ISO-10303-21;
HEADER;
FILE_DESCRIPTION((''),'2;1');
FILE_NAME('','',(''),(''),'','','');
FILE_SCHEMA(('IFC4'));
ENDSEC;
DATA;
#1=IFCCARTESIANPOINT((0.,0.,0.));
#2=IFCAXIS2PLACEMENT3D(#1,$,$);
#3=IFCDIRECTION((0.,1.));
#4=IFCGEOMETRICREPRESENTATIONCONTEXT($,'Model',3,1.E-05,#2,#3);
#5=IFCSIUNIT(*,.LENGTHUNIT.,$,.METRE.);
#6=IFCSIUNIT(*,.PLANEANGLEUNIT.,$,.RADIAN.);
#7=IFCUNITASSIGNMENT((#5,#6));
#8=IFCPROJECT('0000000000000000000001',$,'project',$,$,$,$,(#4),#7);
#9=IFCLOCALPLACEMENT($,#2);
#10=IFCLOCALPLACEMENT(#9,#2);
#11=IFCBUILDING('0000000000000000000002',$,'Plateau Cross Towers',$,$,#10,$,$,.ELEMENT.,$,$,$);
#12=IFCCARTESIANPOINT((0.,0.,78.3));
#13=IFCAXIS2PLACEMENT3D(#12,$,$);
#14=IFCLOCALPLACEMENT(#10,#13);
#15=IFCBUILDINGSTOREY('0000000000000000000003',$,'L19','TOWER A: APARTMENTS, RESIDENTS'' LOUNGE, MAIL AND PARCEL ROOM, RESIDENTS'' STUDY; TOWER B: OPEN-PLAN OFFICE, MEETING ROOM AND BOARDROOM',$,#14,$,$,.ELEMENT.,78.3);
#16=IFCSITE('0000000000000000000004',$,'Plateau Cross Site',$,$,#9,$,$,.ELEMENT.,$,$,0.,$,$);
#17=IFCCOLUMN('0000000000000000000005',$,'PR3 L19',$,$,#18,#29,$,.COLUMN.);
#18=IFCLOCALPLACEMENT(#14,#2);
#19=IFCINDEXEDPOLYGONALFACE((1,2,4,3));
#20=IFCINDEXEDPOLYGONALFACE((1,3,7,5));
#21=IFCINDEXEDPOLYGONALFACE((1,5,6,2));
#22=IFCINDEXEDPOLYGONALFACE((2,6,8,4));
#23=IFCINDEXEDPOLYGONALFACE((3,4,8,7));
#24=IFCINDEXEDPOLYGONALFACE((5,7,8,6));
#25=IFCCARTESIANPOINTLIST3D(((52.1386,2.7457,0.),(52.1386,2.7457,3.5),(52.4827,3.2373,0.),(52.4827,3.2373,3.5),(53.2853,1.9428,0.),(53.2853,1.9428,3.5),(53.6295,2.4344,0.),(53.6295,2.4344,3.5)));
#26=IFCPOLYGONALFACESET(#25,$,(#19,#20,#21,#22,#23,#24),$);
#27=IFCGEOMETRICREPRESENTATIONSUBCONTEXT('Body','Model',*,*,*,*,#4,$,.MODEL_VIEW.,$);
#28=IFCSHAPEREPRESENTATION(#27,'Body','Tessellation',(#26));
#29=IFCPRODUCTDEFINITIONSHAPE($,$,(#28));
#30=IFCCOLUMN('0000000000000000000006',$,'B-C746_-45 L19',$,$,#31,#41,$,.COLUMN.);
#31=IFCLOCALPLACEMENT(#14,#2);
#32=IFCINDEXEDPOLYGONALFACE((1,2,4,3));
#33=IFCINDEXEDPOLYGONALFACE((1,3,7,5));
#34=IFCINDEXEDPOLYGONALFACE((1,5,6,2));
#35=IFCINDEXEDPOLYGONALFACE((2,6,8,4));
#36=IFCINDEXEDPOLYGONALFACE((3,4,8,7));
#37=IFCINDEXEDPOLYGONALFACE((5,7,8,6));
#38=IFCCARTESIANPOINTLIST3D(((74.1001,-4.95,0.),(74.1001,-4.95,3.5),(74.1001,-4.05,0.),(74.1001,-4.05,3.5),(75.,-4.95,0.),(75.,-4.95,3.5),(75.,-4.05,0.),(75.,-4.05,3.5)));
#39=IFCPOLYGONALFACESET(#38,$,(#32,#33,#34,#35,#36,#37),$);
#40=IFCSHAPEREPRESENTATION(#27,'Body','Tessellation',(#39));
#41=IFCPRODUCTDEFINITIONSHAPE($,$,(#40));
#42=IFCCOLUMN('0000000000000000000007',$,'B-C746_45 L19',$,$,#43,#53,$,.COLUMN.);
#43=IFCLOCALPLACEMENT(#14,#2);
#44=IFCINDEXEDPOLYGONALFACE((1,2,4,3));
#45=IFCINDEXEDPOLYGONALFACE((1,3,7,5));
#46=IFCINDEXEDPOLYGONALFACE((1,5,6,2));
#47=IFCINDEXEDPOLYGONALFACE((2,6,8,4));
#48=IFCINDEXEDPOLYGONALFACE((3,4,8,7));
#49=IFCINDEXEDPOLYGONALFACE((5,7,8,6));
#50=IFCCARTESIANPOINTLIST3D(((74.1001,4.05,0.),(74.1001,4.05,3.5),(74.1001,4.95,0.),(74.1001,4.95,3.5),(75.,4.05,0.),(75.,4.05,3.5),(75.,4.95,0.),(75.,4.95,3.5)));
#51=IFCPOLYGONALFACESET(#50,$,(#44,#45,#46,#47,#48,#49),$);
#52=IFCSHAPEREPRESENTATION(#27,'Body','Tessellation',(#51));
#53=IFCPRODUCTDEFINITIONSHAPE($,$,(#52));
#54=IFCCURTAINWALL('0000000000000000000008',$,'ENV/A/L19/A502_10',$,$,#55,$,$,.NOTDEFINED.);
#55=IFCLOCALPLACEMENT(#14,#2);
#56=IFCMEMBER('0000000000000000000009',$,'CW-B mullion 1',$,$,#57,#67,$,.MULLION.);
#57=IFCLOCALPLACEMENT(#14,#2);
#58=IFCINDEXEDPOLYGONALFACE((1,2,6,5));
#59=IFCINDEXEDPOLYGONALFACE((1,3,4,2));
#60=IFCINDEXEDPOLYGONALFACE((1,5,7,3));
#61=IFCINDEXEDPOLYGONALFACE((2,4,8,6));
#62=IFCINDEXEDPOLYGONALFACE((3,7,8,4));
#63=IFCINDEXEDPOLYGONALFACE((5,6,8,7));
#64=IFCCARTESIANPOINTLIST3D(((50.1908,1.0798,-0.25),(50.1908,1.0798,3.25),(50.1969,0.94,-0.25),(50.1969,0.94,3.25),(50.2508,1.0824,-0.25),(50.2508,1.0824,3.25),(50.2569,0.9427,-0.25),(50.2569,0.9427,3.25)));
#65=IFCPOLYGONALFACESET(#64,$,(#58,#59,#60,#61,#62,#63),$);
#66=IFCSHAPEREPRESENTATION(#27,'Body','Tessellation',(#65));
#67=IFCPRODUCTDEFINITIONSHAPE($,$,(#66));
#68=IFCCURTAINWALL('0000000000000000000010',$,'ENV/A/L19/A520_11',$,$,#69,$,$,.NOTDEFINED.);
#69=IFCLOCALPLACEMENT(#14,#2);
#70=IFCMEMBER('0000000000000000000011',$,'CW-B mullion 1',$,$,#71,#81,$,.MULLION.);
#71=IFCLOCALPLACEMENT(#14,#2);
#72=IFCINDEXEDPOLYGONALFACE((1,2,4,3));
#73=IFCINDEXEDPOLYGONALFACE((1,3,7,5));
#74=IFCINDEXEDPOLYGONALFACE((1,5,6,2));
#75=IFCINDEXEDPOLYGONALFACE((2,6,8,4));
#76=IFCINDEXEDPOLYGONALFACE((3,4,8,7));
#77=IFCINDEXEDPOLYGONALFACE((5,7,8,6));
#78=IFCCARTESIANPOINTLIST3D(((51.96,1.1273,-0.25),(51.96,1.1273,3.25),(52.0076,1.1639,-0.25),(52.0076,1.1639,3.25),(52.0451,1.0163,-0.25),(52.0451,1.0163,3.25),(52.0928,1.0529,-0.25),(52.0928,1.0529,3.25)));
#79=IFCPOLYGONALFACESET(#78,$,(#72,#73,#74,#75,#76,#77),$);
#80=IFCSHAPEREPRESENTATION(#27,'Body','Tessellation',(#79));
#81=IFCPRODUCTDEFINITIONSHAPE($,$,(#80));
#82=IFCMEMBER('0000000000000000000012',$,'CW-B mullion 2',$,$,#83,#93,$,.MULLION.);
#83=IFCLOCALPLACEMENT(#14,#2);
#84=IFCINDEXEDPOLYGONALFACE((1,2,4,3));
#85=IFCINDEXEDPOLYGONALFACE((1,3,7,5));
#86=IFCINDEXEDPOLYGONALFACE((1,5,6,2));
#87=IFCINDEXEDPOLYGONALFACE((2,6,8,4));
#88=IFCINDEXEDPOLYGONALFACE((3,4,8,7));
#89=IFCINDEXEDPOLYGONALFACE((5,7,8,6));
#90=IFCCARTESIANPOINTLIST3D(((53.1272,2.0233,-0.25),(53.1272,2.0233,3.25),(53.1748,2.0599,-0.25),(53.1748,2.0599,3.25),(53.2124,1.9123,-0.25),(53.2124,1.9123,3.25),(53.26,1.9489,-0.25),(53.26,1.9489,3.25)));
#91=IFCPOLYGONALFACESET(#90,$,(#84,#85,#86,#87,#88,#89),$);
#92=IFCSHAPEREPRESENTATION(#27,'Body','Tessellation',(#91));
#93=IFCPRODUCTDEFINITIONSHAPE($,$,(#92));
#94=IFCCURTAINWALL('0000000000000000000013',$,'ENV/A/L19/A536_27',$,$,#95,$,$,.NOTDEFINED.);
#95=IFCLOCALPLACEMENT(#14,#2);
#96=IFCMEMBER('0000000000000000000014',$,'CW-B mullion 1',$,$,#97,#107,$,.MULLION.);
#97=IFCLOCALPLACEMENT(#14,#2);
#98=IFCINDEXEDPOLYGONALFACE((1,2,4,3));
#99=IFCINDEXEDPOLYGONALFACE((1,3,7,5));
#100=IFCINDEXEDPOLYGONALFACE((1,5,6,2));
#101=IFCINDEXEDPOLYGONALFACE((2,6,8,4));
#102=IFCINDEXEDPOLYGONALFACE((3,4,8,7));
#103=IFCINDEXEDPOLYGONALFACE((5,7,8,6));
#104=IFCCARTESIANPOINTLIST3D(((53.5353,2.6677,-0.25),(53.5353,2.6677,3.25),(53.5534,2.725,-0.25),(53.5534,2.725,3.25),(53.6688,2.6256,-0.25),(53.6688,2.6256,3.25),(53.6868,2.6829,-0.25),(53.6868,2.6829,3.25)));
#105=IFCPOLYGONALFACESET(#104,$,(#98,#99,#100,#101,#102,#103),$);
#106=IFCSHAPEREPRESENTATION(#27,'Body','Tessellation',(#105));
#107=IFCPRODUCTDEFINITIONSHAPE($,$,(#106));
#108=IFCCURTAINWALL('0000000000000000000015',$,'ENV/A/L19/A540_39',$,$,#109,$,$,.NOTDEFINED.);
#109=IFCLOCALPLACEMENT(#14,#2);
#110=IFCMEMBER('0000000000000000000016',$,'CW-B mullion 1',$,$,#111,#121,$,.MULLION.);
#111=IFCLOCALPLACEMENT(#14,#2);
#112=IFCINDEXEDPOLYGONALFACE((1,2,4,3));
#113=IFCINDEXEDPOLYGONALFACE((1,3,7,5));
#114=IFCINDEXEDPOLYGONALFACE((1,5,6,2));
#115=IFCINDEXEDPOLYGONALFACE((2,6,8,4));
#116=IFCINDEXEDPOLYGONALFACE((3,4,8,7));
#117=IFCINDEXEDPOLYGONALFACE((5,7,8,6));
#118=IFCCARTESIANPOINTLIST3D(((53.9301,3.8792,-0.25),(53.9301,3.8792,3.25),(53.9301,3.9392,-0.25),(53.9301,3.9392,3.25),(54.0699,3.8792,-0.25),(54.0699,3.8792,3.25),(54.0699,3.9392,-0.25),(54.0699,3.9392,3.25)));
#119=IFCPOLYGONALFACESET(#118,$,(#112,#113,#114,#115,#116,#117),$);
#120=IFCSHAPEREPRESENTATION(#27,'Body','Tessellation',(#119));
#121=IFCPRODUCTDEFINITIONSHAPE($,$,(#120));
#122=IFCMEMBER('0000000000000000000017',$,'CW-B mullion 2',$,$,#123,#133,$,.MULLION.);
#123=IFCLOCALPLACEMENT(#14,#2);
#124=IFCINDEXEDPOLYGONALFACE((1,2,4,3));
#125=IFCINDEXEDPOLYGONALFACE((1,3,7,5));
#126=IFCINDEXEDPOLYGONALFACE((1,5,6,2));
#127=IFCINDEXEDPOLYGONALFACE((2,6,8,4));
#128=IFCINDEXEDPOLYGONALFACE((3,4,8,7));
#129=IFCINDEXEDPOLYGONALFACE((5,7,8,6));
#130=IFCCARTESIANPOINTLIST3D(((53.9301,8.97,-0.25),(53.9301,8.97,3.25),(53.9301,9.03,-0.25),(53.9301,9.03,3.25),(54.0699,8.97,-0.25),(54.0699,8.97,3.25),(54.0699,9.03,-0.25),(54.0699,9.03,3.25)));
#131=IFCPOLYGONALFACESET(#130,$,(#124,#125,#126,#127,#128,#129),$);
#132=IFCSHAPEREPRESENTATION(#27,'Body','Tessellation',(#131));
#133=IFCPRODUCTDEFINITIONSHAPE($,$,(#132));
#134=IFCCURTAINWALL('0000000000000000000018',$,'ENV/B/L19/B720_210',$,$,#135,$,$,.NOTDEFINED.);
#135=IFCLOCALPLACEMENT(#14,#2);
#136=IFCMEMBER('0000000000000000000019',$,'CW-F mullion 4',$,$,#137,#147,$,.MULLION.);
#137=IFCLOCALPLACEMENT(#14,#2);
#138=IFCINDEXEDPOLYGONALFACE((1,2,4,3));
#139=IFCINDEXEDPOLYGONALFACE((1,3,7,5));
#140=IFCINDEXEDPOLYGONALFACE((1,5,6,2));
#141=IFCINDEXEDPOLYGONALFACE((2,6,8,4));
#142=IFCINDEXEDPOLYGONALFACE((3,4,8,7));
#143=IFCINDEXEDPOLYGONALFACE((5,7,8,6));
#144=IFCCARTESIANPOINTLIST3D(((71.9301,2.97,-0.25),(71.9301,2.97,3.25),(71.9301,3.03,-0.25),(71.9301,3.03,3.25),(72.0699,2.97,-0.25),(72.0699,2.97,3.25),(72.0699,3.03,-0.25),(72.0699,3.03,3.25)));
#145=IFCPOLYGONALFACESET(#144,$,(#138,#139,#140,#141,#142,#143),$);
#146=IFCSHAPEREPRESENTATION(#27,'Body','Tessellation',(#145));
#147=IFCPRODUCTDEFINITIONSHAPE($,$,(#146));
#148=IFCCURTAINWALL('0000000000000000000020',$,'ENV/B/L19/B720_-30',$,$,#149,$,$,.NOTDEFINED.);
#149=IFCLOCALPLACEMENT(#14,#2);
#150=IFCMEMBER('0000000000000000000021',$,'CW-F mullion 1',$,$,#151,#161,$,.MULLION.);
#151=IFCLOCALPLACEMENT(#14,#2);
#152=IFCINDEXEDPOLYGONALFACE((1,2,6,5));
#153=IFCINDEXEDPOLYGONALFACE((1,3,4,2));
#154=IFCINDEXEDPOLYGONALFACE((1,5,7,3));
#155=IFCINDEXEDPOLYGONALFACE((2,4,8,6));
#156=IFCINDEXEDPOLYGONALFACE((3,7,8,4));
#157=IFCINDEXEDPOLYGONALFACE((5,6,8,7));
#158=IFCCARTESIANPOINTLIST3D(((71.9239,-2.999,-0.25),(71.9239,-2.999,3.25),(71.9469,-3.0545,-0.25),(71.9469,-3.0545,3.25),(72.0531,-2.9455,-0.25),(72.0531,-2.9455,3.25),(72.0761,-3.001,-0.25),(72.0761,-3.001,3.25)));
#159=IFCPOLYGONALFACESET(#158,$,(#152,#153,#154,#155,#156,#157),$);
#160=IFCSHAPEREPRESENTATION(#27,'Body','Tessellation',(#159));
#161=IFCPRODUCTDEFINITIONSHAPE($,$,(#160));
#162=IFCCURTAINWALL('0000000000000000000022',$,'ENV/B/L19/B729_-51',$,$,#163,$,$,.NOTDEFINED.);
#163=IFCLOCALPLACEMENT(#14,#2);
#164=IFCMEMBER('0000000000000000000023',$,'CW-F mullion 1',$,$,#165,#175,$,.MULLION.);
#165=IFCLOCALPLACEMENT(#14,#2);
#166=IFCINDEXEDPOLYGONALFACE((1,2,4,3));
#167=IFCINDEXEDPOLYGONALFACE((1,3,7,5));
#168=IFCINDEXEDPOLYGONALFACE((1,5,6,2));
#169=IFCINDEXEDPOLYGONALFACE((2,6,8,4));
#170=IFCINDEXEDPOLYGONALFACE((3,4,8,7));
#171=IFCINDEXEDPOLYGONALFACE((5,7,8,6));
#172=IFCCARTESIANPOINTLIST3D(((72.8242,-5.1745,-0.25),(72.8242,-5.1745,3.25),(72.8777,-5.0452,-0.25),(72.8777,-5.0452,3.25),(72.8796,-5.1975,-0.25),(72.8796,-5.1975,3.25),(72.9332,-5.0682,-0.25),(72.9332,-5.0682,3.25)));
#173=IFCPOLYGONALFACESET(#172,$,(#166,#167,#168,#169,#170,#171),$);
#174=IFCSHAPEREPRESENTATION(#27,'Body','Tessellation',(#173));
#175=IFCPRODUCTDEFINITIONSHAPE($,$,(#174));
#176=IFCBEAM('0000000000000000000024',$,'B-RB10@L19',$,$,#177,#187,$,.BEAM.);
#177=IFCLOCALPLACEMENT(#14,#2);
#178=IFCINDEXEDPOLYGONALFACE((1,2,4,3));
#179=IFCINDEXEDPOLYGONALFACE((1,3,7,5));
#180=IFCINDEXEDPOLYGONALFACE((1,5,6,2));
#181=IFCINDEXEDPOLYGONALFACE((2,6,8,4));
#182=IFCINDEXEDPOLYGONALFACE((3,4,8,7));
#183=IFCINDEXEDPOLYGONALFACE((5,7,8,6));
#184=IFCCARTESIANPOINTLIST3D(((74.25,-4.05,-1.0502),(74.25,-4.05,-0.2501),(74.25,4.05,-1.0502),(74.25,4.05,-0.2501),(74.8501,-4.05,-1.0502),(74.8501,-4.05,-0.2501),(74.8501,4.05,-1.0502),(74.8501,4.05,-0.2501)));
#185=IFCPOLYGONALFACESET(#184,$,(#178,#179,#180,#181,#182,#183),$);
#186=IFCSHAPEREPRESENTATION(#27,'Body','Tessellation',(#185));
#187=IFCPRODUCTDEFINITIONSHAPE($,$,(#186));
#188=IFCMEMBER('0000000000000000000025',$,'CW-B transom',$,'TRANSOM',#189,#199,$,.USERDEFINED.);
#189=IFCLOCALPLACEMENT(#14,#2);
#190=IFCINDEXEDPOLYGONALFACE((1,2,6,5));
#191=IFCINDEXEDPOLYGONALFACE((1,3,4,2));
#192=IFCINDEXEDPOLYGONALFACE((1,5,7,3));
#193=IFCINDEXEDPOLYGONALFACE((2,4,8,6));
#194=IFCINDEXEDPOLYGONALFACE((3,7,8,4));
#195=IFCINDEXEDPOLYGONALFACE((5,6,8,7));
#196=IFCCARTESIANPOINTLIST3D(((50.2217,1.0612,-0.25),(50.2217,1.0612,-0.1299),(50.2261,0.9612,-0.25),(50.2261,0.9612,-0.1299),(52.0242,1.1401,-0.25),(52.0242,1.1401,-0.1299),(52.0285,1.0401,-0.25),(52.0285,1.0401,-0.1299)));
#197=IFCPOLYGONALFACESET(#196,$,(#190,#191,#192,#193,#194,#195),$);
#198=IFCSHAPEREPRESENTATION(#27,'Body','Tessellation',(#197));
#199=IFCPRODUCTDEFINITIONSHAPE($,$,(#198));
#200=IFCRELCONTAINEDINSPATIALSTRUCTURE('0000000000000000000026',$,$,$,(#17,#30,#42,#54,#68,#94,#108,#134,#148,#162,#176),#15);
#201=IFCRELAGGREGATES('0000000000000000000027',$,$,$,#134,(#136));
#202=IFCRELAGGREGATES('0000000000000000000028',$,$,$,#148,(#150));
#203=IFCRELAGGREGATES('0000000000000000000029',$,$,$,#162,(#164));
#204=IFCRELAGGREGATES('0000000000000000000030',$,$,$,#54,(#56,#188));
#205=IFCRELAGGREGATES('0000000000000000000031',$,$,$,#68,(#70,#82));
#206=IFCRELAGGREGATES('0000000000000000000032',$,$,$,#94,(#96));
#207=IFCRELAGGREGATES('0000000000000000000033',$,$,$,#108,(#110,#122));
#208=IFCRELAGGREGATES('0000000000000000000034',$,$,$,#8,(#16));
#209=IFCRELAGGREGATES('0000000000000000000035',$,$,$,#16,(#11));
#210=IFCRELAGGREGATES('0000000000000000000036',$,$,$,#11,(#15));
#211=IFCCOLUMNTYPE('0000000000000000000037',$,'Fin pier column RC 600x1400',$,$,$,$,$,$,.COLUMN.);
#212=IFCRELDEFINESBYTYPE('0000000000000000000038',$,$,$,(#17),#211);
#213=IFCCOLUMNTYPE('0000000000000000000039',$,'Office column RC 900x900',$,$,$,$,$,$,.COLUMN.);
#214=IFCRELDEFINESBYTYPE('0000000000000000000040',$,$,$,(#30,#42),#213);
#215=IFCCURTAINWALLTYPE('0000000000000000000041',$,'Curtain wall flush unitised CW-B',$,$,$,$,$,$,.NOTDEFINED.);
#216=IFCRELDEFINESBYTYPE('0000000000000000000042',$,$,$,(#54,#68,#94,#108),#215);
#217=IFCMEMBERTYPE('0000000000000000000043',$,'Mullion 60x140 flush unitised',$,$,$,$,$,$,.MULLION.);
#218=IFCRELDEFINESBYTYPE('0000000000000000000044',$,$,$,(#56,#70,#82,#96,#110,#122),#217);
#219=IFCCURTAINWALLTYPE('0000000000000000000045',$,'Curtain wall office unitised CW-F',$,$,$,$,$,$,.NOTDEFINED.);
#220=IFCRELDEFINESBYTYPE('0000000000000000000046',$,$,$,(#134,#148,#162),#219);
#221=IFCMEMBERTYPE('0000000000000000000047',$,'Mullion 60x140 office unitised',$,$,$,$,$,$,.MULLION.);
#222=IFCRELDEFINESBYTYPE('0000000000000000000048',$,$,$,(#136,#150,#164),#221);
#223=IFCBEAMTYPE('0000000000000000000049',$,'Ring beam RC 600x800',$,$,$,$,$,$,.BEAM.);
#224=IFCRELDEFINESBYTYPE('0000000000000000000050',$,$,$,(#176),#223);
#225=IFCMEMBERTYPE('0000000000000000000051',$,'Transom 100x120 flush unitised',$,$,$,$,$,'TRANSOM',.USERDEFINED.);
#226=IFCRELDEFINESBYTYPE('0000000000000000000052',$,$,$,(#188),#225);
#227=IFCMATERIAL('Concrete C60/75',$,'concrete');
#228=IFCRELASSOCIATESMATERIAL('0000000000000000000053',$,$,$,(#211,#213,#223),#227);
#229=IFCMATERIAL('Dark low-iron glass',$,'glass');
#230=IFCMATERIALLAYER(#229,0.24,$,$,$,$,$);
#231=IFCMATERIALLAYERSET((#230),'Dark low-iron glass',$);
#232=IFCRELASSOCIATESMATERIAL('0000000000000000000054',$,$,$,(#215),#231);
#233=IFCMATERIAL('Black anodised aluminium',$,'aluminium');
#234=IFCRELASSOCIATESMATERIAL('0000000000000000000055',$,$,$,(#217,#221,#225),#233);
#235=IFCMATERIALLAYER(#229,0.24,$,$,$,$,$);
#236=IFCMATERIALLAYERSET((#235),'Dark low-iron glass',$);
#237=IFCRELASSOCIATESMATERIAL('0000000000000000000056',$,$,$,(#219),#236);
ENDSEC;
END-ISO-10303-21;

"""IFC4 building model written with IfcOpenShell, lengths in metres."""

from ifc_helpers import new_model, si_unit, direction, frame, origin, origin_2d, place, context, subcontext, project, spatial, rectangle, extrude, material, layer, layer_set, material_profile, profile_set, type_object, element, aggregate, save


model = new_model("IFC4")

# Units and contexts
model_context = context("Model", 3, precision=1e-05, world=origin(), true_north=direction((0.0, 1.0)))
body_context = subcontext(model_context, "Body", "Model", "MODEL_VIEW")
ifc_project = project(units=[si_unit("LENGTHUNIT", "METRE"), si_unit("PLANEANGLEUNIT", "RADIAN")], contexts=[model_context])

# Site, building, storey
site_placement = place(None, origin())
site = spatial("IfcSite", under=ifc_project, at=site_placement, Name="Plateau Cross Site", CompositionType="ELEMENT", RefElevation=0.0)
building_placement = place(site_placement, origin())
building = spatial("IfcBuilding", under=site, at=building_placement, Name="Plateau Cross Towers", CompositionType="ELEMENT")
storey_placement = place(building_placement, frame((0.0, 0.0, 78.3)))
storey = spatial("IfcBuildingStorey", under=building, at=storey_placement, Name="L19", Description="TOWER A: APARTMENTS, RESIDENTS' LOUNGE, MAIL AND PARCEL ROOM, RESIDENTS' STUDY; TOWER B: OPEN-PLAN OFFICE, MEETING ROOM AND BOARDROOM", CompositionType="ELEMENT", Elevation=78.3)

# Columns
ifc_material_1 = material(Name="Concrete C60/75", Category="concrete")
ifc_material_profile_1 = material_profile(ifc_material_1, rectangle(XDim=0.6001, YDim=1.3999, at=origin_2d()), Name="RC 600x1400")
ifc_profile_set_1 = profile_set([ifc_material_profile_1], Name="Concrete C60/75")
column_type_1 = type_object("IfcColumnType", Name="Fin pier column RC 600x1400", PredefinedType="COLUMN", material=ifc_profile_set_1)
column_placement = place(storey_placement, frame((52.884, 2.5901, 0.0), z_axis=(0.0, 0.0, 1.0), x_axis=(0.573543, 0.819176, 0.0)))
element("IfcColumn", 1, at=column_placement, inside=storey, type_object=column_type_1, Name="PR3 L19", PredefinedType="COLUMN", context=body_context, shape_type="SweptSolid", body=[
    extrude(rectangle(XDim=0.6001, YDim=1.3999, at=origin_2d()), origin(), (0.0, 0.0, 1.0), 3.5),
])
ifc_material_profile_2 = material_profile(ifc_material_1, rectangle(XDim=0.8999, YDim=0.8999, at=origin_2d()), Name="RC 900x900")
ifc_profile_set_2 = profile_set([ifc_material_profile_2], Name="Concrete C60/75")
column_type_2 = type_object("IfcColumnType", Name="Office column RC 900x900", PredefinedType="COLUMN", material=ifc_profile_set_2)
for number, where, z_axis, x_axis, name in (
    (2, (74.55, -4.5, 0.0), (0.0, 0.0, 1.0), (1.0, 0.0, 0.0), "B-C746_-45 L19"),
    (3, (74.55, 4.5, 0.0), (0.0, 0.0, 1.0), (1.0, 0.0, 0.0), "B-C746_45 L19"),
):
    element("IfcColumn", number, at=place(storey_placement, frame(where, z_axis=z_axis, x_axis=x_axis)), inside=storey, type_object=column_type_2, Name=name, PredefinedType="COLUMN", context=body_context, shape_type="SweptSolid", body=[
        extrude(rectangle(XDim=0.8999, YDim=0.8999, at=origin_2d()), origin(), (0.0, 0.0, 1.0), 3.5),
    ])

# Curtain wall, member
ifc_material_2 = material(Name="Dark low-iron glass", Category="glass")
ifc_layer_1 = layer(ifc_material_2, 0.24)
ifc_layer_set_1 = layer_set([ifc_layer_1], Name="Dark low-iron glass")
curtain_wall_type_1 = type_object("IfcCurtainWallType", Name="Curtain wall flush unitised CW-B", PredefinedType="NOTDEFINED", material=ifc_layer_set_1)
curtain_wall_1_placement = place(storey_placement, origin())
curtain_wall_1 = element("IfcCurtainWall", 4, at=curtain_wall_1_placement, inside=storey, type_object=curtain_wall_type_1, Name="ENV/A/L19/A502_10", PredefinedType="NOTDEFINED")
ifc_material_3 = material(Name="Black anodised aluminium", Category="aluminium")
ifc_material_profile_3 = material_profile(ifc_material_3, rectangle(XDim=0.0601, YDim=0.1399, at=origin_2d()), Name="MULLION 60x140")
ifc_profile_set_3 = profile_set([ifc_material_profile_3], Name="Black anodised aluminium")
member_type_1 = type_object("IfcMemberType", Name="Mullion 60x140 flush unitised", PredefinedType="MULLION", material=ifc_profile_set_3)
member_1_placement = place(storey_placement, frame((50.2239, 1.0112, -0.25), z_axis=(0.0, 0.0, 1.0), x_axis=(0.999044, 0.043723, 0.0)))
member_1 = element("IfcMember", 5, at=member_1_placement, type_object=member_type_1, Name="CW-B mullion 1", PredefinedType="MULLION", context=body_context, shape_type="SweptSolid", body=[
    extrude(rectangle(XDim=0.0601, YDim=0.1399, at=origin_2d()), origin(), (0.0, 0.0, 1.0), 3.5),
])

# Curtain wall, members
curtain_wall_2_placement = place(storey_placement, origin())
curtain_wall_2 = element("IfcCurtainWall", 6, at=curtain_wall_2_placement, inside=storey, type_object=curtain_wall_type_1, Name="ENV/A/L19/A520_11", PredefinedType="NOTDEFINED")
member_2_placement = place(storey_placement, frame((52.0264, 1.0901, -0.25), z_axis=(0.0, 0.0, 1.0), x_axis=(0.793316, 0.608811, 0.0)))
member_2 = element("IfcMember", 7, at=member_2_placement, type_object=member_type_1, Name="CW-B mullion 1", PredefinedType="MULLION", context=body_context, shape_type="SweptSolid", body=[
    extrude(rectangle(XDim=0.0601, YDim=0.1399, at=origin_2d()), origin(), (0.0, 0.0, 1.0), 3.5),
])
member_3_placement = place(storey_placement, frame((53.1936, 1.9861, -0.25), z_axis=(0.0, 0.0, 1.0), x_axis=(0.793316, 0.608811, 0.0)))
member_3 = element("IfcMember", 8, at=member_3_placement, type_object=member_type_1, Name="CW-B mullion 2", PredefinedType="MULLION", context=body_context, shape_type="SweptSolid", body=[
    extrude(rectangle(XDim=0.0601, YDim=0.1399, at=origin_2d()), origin(), (0.0, 0.0, 1.0), 3.5),
])

# Curtain wall, member
curtain_wall_3_placement = place(storey_placement, origin())
curtain_wall_3 = element("IfcCurtainWall", 9, at=curtain_wall_3_placement, inside=storey, type_object=curtain_wall_type_1, Name="ENV/A/L19/A536_27", PredefinedType="NOTDEFINED")
member_4_placement = place(storey_placement, frame((53.6111, 2.6753, -0.25), z_axis=(0.0, 0.0, 1.0), x_axis=(0.300686, 0.953723, 0.0)))
member_4 = element("IfcMember", 10, at=member_4_placement, type_object=member_type_1, Name="CW-B mullion 1", PredefinedType="MULLION", context=body_context, shape_type="SweptSolid", body=[
    extrude(rectangle(XDim=0.0601, YDim=0.1399, at=origin_2d()), origin(), (0.0, 0.0, 1.0), 3.5),
])

# Curtain wall, members
curtain_wall_4_placement = place(storey_placement, origin())
curtain_wall_4 = element("IfcCurtainWall", 11, at=curtain_wall_4_placement, inside=storey, type_object=curtain_wall_type_1, Name="ENV/A/L19/A540_39", PredefinedType="NOTDEFINED")
member_5_placement = place(storey_placement, frame((54.0, 3.9092, -0.25), z_axis=(0.0, 0.0, 1.0), x_axis=(0.0, 1.0, 0.0)))
member_5 = element("IfcMember", 12, at=member_5_placement, type_object=member_type_1, Name="CW-B mullion 1", PredefinedType="MULLION", context=body_context, shape_type="SweptSolid", body=[
    extrude(rectangle(XDim=0.0601, YDim=0.1399, at=origin_2d()), origin(), (0.0, 0.0, 1.0), 3.5),
])
member_6_placement = place(storey_placement, frame((54.0, 9.0, -0.25), z_axis=(0.0, 0.0, 1.0), x_axis=(0.0, 1.0, 0.0)))
member_6 = element("IfcMember", 13, at=member_6_placement, type_object=member_type_1, Name="CW-B mullion 2", PredefinedType="MULLION", context=body_context, shape_type="SweptSolid", body=[
    extrude(rectangle(XDim=0.0601, YDim=0.1399, at=origin_2d()), origin(), (0.0, 0.0, 1.0), 3.5),
])

# Curtain walls, members
ifc_layer_2 = layer(ifc_material_2, 0.24)
ifc_layer_set_2 = layer_set([ifc_layer_2], Name="Dark low-iron glass")
curtain_wall_type_2 = type_object("IfcCurtainWallType", Name="Curtain wall office unitised CW-F", PredefinedType="NOTDEFINED", material=ifc_layer_set_2)
curtain_wall_5_placement = place(storey_placement, origin())
curtain_wall_5 = element("IfcCurtainWall", 14, at=curtain_wall_5_placement, inside=storey, type_object=curtain_wall_type_2, Name="ENV/B/L19/B720_210", PredefinedType="NOTDEFINED")
ifc_material_profile_4 = material_profile(ifc_material_3, rectangle(XDim=0.0601, YDim=0.1399, at=origin_2d()), Name="MULLION 60x140")
ifc_profile_set_4 = profile_set([ifc_material_profile_4], Name="Black anodised aluminium")
member_type_2 = type_object("IfcMemberType", Name="Mullion 60x140 office unitised", PredefinedType="MULLION", material=ifc_profile_set_4)
member_7_placement = place(storey_placement, frame((72.0, 3.0, -0.25), z_axis=(0.0, 0.0, 1.0), x_axis=(0.0, -1.0, 0.0)))
member_7 = element("IfcMember", 15, at=member_7_placement, type_object=member_type_2, Name="CW-F mullion 4", PredefinedType="MULLION", context=body_context, shape_type="SweptSolid", body=[
    extrude(rectangle(XDim=0.0601, YDim=0.1399, at=origin_2d()), origin(), (0.0, 0.0, 1.0), 3.5),
])
curtain_wall_6_placement = place(storey_placement, origin())
curtain_wall_6 = element("IfcCurtainWall", 16, at=curtain_wall_6_placement, inside=storey, type_object=curtain_wall_type_2, Name="ENV/B/L19/B720_-30", PredefinedType="NOTDEFINED")
member_8_placement = place(storey_placement, frame((72.0, -3.0, -0.25), z_axis=(0.0, 0.0, 1.0), x_axis=(0.382684, -0.923879, 0.0)))
member_8 = element("IfcMember", 17, at=member_8_placement, type_object=member_type_2, Name="CW-F mullion 1", PredefinedType="MULLION", context=body_context, shape_type="SweptSolid", body=[
    extrude(rectangle(XDim=0.0601, YDim=0.1399, at=origin_2d()), origin(), (0.0, 0.0, 1.0), 3.5),
])
curtain_wall_7_placement = place(storey_placement, origin())
curtain_wall_7 = element("IfcCurtainWall", 18, at=curtain_wall_7_placement, inside=storey, type_object=curtain_wall_type_2, Name="ENV/B/L19/B729_-51", PredefinedType="NOTDEFINED")
member_9_placement = place(storey_placement, frame((72.8787, -5.1213, -0.25), z_axis=(0.0, 0.0, 1.0), x_axis=(0.923879, -0.382684, 0.0)))
member_9 = element("IfcMember", 19, at=member_9_placement, type_object=member_type_2, Name="CW-F mullion 1", PredefinedType="MULLION", context=body_context, shape_type="SweptSolid", body=[
    extrude(rectangle(XDim=0.0601, YDim=0.1399, at=origin_2d()), origin(), (0.0, 0.0, 1.0), 3.5),
])

# Beam
ifc_material_profile_5 = material_profile(ifc_material_1, rectangle(XDim=0.6001, YDim=0.8, at=origin_2d()), Name="RC 600x800")
ifc_profile_set_5 = profile_set([ifc_material_profile_5], Name="Concrete C60/75")
beam_type = type_object("IfcBeamType", Name="Ring beam RC 600x800", PredefinedType="BEAM", material=ifc_profile_set_5)
beam_placement = place(storey_placement, frame((74.55, 4.05, -0.6501), z_axis=(0.0, -1.0, 0.0), x_axis=(1.0, 0.0, 0.0)))
element("IfcBeam", 20, at=beam_placement, inside=storey, type_object=beam_type, Name="B-RB10@L19", PredefinedType="BEAM", context=body_context, shape_type="SweptSolid", body=[
    extrude(rectangle(XDim=0.6001, YDim=0.8, at=origin_2d()), origin(), (0.0, 0.0, 1.0), 8.1001),
])

# Member
ifc_material_profile_6 = material_profile(ifc_material_3, rectangle(XDim=0.1001, YDim=0.1201, at=origin_2d()), Name="TRANSOM 100x120")
ifc_profile_set_6 = profile_set([ifc_material_profile_6], Name="Black anodised aluminium")
member_type_3 = type_object("IfcMemberType", Name="Transom 100x120 flush unitised", ElementType="TRANSOM", PredefinedType="USERDEFINED", material=ifc_profile_set_6)
member_10_placement = place(storey_placement, frame((50.2239, 1.0112, -0.1899), z_axis=(0.999044, 0.043707, 0.0), x_axis=(-0.043707, 0.999044, 0.0)))
member_10 = element("IfcMember", 21, at=member_10_placement, type_object=member_type_3, Name="CW-B transom", ObjectType="TRANSOM", PredefinedType="USERDEFINED", context=body_context, shape_type="SweptSolid", body=[
    extrude(rectangle(XDim=0.1001, YDim=0.1201, at=origin_2d()), origin(), (0.0, 0.0, 1.0), 1.8042),
])

aggregate(curtain_wall_5, [member_7])
aggregate(curtain_wall_6, [member_8])
aggregate(curtain_wall_7, [member_9])
aggregate(curtain_wall_1, [member_1, member_10])
aggregate(curtain_wall_2, [member_2, member_3])
aggregate(curtain_wall_3, [member_4])
aggregate(curtain_wall_4, [member_5, member_6])

save(model, "model.ifc")
